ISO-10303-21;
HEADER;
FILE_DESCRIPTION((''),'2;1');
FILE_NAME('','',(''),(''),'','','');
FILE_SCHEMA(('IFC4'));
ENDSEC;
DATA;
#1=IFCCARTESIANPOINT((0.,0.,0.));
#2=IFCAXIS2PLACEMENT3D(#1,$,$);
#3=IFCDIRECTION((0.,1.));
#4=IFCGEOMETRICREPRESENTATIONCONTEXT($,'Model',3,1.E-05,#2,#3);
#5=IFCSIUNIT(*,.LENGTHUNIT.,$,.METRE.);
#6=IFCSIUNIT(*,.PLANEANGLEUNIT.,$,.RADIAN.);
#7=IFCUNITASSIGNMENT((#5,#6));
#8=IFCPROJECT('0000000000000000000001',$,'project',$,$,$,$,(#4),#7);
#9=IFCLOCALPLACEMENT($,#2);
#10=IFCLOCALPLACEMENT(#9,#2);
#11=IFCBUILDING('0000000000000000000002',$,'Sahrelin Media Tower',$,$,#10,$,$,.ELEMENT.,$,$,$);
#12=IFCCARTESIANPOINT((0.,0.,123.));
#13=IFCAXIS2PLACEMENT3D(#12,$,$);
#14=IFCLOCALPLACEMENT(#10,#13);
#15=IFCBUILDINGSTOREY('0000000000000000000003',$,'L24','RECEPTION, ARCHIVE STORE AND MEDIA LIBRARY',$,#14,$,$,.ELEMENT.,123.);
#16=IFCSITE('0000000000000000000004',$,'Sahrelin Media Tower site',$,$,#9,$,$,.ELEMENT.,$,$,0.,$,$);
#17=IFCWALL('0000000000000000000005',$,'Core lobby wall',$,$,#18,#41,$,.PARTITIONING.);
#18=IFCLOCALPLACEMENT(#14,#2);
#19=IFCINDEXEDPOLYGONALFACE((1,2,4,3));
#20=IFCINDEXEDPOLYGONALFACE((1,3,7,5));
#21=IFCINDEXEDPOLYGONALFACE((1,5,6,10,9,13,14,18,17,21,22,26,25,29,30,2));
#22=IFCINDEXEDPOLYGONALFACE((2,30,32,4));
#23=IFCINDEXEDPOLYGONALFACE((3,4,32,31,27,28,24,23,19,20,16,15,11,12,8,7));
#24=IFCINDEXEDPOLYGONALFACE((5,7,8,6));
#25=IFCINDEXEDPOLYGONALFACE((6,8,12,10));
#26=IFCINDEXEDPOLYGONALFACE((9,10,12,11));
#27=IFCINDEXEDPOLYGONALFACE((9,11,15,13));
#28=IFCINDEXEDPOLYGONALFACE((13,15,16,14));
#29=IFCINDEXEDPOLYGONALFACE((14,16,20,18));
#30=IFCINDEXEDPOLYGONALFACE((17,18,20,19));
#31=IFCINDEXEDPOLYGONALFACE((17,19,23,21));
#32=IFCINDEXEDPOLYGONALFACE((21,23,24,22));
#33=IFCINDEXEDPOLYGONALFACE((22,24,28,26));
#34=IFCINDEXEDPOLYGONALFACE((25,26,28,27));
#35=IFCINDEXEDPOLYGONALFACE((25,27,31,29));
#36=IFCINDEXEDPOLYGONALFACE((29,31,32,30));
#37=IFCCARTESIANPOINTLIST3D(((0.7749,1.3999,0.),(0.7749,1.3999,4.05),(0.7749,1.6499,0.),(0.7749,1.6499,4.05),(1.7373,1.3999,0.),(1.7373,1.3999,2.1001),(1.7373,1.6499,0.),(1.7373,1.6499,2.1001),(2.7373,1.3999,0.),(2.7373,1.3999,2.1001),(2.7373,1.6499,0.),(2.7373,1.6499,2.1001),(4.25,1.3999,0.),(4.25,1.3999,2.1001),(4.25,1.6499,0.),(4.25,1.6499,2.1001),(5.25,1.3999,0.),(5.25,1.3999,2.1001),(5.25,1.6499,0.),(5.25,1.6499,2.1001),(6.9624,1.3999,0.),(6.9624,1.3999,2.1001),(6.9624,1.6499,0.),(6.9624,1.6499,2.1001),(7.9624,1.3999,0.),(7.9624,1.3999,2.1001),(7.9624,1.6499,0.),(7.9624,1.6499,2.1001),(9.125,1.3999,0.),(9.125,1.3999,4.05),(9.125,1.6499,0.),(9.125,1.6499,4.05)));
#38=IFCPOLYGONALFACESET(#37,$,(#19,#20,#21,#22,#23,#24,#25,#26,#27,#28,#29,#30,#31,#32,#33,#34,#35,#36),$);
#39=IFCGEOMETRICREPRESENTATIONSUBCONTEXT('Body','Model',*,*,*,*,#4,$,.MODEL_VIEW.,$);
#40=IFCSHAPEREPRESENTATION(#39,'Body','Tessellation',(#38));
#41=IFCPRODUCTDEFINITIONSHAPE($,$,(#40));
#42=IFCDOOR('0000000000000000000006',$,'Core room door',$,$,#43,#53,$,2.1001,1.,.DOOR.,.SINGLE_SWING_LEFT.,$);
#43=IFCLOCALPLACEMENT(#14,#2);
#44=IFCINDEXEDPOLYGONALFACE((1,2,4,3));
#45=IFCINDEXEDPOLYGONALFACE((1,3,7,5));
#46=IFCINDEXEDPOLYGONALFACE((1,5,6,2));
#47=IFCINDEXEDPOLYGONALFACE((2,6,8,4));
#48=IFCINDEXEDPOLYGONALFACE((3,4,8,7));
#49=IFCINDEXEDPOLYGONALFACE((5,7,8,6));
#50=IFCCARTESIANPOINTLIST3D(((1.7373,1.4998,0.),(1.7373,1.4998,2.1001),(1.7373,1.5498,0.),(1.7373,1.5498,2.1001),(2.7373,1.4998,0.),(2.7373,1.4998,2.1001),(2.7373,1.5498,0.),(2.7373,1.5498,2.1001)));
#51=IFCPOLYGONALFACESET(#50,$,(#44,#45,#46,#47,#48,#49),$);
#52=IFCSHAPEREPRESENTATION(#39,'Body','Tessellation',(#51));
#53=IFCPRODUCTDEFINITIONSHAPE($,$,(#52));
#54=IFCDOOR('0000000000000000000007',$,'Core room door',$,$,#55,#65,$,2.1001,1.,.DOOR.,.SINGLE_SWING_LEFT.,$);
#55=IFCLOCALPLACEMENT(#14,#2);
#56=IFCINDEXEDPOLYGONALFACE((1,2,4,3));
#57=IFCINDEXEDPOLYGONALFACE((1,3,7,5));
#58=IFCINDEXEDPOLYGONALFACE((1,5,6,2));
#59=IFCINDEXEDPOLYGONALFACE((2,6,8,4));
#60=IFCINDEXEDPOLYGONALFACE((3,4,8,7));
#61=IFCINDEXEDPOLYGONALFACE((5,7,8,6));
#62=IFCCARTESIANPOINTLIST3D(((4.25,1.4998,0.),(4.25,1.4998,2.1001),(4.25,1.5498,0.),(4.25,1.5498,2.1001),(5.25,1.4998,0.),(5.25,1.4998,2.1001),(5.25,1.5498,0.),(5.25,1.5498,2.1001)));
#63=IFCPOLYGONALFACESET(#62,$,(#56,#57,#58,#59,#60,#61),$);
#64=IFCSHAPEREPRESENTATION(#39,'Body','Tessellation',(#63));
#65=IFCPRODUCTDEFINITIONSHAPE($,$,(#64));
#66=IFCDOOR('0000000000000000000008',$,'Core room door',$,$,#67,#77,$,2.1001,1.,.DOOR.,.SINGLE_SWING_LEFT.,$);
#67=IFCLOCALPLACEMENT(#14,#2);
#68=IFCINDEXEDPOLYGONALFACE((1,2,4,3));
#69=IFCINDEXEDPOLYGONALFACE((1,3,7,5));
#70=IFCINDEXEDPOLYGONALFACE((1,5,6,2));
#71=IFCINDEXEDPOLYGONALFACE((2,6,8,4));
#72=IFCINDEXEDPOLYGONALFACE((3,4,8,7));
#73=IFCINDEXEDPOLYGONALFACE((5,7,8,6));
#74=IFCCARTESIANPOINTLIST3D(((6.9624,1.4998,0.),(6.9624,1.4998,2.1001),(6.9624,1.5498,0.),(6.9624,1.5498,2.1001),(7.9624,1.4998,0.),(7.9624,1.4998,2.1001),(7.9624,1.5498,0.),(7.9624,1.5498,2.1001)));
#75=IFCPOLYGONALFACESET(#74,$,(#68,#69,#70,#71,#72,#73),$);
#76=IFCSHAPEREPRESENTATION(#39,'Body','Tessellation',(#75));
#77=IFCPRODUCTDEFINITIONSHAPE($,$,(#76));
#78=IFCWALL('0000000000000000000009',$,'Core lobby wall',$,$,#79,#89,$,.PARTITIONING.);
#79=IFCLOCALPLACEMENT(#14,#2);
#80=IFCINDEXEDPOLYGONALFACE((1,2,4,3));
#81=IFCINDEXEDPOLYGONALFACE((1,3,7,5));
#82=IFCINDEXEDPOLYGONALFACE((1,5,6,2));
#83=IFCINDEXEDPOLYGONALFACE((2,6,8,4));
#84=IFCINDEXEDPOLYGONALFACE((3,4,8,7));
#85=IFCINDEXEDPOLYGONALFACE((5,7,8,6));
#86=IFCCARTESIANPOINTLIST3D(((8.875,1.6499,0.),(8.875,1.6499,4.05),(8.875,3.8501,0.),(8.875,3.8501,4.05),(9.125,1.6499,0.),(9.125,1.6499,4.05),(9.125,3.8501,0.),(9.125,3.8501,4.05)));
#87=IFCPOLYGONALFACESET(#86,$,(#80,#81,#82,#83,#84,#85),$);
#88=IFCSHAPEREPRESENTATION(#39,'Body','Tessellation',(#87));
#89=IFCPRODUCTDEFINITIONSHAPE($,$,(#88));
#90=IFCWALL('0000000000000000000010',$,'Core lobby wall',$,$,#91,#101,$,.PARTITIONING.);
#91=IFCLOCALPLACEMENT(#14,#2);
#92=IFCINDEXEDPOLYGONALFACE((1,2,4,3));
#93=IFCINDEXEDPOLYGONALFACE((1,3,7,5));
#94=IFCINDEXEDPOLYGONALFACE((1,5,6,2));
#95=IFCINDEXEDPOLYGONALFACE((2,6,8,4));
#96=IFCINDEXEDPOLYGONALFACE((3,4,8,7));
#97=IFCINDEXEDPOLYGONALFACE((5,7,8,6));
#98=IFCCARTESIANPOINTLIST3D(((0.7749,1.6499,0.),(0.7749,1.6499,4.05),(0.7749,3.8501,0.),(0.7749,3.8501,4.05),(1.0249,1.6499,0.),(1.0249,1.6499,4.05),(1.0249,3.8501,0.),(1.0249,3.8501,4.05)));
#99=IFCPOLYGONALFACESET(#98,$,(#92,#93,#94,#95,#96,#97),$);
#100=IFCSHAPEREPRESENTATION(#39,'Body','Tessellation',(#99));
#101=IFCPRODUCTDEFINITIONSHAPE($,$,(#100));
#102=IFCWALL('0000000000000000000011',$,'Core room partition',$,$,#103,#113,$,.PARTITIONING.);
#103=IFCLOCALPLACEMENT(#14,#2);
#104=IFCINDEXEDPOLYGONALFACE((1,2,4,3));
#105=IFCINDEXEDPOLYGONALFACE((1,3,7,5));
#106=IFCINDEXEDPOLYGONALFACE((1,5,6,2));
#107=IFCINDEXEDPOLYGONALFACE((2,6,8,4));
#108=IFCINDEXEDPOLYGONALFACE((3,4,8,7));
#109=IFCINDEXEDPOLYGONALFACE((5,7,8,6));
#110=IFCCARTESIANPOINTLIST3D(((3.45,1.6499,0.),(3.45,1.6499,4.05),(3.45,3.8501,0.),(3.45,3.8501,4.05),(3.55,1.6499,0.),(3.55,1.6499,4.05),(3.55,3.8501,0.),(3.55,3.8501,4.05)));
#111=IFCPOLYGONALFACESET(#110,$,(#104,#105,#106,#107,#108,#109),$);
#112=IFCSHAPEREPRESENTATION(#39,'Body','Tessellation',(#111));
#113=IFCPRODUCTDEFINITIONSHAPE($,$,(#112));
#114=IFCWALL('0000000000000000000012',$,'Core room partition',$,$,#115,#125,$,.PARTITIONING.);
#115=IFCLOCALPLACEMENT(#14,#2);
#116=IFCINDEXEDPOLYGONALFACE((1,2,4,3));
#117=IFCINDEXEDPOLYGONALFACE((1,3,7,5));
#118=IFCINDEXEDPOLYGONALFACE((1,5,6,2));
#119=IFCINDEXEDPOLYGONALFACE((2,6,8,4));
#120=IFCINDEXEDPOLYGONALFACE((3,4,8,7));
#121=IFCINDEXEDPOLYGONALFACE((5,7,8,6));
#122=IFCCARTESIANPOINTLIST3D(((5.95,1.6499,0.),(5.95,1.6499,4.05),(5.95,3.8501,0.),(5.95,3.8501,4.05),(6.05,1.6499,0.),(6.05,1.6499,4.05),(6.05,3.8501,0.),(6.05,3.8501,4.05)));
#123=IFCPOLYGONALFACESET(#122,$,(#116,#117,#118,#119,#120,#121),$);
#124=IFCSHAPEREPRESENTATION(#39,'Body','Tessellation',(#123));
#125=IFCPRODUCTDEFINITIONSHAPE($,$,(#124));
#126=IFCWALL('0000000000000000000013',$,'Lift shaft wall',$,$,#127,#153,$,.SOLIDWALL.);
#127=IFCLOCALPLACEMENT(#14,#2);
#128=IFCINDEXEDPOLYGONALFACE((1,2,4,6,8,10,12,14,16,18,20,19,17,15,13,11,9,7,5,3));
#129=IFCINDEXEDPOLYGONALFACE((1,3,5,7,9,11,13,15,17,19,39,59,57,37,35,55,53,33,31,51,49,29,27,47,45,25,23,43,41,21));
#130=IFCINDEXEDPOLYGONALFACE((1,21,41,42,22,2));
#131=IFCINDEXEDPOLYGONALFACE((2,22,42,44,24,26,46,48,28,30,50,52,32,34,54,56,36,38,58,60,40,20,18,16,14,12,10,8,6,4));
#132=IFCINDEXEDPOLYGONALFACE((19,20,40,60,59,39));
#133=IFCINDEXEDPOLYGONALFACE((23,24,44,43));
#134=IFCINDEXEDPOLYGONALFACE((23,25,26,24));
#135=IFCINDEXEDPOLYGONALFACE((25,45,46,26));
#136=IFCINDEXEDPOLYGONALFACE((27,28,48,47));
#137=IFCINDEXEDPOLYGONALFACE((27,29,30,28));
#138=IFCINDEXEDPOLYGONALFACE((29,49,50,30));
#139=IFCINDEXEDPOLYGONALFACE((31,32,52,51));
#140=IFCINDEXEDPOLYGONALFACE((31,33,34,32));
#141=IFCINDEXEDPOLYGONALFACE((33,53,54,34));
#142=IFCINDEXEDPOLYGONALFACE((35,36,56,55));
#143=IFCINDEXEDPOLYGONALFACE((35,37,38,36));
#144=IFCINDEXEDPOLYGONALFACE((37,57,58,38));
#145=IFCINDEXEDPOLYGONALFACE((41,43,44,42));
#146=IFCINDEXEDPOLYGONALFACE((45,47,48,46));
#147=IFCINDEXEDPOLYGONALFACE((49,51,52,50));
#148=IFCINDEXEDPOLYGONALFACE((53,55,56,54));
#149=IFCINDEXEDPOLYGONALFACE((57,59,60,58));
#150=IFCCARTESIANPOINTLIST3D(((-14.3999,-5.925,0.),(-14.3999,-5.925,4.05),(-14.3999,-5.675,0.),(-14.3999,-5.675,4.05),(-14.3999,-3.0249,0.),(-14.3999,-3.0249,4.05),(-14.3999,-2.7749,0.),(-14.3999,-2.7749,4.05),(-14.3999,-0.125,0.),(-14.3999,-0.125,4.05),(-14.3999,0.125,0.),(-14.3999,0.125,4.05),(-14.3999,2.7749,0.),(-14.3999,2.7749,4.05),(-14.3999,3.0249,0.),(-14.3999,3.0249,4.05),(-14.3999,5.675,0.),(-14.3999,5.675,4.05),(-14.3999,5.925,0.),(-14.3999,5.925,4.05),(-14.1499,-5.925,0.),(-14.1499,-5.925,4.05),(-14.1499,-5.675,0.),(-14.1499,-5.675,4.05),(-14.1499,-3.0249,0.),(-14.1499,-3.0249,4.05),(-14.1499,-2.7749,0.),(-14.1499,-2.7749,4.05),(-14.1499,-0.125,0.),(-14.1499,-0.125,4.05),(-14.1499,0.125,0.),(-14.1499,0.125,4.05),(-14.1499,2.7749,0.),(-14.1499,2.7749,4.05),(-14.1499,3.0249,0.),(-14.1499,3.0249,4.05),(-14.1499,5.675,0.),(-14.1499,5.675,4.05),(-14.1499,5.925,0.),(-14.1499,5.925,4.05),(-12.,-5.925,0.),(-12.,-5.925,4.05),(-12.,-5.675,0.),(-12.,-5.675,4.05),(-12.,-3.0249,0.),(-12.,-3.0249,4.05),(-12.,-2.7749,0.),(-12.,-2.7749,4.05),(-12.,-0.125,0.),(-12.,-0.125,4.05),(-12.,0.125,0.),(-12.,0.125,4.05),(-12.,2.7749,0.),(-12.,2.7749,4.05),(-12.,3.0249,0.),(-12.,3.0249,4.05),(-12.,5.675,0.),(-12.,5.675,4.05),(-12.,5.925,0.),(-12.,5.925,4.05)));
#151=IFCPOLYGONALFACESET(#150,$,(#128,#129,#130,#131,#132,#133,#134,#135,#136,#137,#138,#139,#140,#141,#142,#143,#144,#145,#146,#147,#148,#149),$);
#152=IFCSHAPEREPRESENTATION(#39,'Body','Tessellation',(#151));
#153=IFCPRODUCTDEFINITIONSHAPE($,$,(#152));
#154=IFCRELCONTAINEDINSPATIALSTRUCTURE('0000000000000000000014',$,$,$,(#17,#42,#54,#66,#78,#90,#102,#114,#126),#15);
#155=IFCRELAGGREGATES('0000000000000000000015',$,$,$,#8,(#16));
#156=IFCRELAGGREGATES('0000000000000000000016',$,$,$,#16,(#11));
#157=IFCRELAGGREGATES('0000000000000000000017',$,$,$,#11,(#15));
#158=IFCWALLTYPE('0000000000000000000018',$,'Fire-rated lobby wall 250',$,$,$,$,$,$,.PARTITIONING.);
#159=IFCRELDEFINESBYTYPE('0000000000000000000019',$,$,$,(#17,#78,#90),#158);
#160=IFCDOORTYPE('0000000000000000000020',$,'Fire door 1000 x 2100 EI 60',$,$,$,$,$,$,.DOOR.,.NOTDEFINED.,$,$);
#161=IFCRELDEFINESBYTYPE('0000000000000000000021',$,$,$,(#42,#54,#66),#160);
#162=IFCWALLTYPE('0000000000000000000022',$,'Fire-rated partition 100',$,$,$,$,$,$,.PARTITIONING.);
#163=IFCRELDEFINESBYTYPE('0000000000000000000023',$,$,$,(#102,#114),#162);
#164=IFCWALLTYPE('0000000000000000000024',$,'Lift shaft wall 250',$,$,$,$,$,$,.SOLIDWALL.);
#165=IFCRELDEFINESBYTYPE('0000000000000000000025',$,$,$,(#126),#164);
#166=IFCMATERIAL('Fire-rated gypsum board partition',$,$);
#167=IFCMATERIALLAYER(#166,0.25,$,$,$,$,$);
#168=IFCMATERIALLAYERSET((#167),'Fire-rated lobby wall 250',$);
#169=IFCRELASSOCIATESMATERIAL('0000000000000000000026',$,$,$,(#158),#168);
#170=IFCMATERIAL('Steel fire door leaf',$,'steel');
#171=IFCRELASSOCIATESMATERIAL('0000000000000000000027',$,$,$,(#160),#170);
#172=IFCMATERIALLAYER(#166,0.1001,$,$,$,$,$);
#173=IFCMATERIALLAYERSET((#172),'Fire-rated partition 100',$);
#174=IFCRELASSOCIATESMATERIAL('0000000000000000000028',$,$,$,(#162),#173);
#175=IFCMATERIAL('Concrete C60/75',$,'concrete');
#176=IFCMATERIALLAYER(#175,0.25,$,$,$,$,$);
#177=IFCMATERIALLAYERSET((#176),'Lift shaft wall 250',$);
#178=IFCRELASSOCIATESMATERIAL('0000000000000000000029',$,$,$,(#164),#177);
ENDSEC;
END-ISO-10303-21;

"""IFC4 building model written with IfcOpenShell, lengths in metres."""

from ifc_helpers import new_model, si_unit, direction, frame, frame_2d, origin, place, context, subcontext, project, spatial, polyline, rectangle, outline, extrude, material, layer, layer_set, type_object, element, fill, save


model = new_model("IFC4")

# Units and contexts
model_context = context("Model", 3, precision=1e-05, world=origin(), true_north=direction((0.0, 1.0)))
body_context = subcontext(model_context, "Body", "Model", "MODEL_VIEW")
ifc_project = project(units=[si_unit("LENGTHUNIT", "METRE"), si_unit("PLANEANGLEUNIT", "RADIAN")], contexts=[model_context])

# Site, building, storey
site_placement = place(None, origin())
site = spatial("IfcSite", under=ifc_project, at=site_placement, Name="Sahrelin Media Tower site", CompositionType="ELEMENT", RefElevation=0.0)
building_placement = place(site_placement, origin())
building = spatial("IfcBuilding", under=site, at=building_placement, Name="Sahrelin Media Tower", CompositionType="ELEMENT")
storey_placement = place(building_placement, frame((0.0, 0.0, 123.0)))
storey = spatial("IfcBuildingStorey", under=building, at=storey_placement, Name="L24", Description="RECEPTION, ARCHIVE STORE AND MEDIA LIBRARY", CompositionType="ELEMENT", Elevation=123.0)

# Shared definitions
placement_1 = place(storey_placement, origin())

# Wall, openings, doors
ifc_material_1 = material(Name="Fire-rated gypsum board partition")
ifc_layer_1 = layer(ifc_material_1, 0.25)
ifc_layer_set_1 = layer_set([ifc_layer_1], Name="Fire-rated lobby wall 250")
wall_type_1 = type_object("IfcWallType", Name="Fire-rated lobby wall 250", PredefinedType="PARTITIONING", material=ifc_layer_set_1)
wall_1_placement = place(storey_placement, frame((0.7749, 1.5249, 0.0), z_axis=(0.0, 0.0, 1.0), x_axis=(1.0, 0.0, 0.0)))
wall_1 = element("IfcWall", 1, at=wall_1_placement, inside=storey, type_object=wall_type_1, Name="Core lobby wall", PredefinedType="PARTITIONING", context=body_context, shape_type="SweptSolid", body=[
    extrude(rectangle(XDim=8.3501, YDim=0.25, at=frame_2d((4.175, 0.0))), origin(), (0.0, 0.0, 1.0), 4.05),
])
opening_1_placement = place(wall_1_placement, frame((0.9624, 0.0, 0.0)))
opening_1 = element("IfcOpeningElement", 2, at=opening_1_placement, cuts=wall_1, PredefinedType="OPENING", context=body_context, shape_type="SweptSolid", body=[
    extrude(rectangle(XDim=1.0, YDim=2.1001, at=frame_2d((0.5, 1.05))), frame((0.0, 0.125, 0.0), z_axis=(0.0, -1.0, 0.0), x_axis=(1.0, 0.0, 0.0)), (0.0, 0.0, 1.0), 0.25),
])
opening_2_placement = place(wall_1_placement, frame((3.4751, 0.0, 0.0)))
opening_2 = element("IfcOpeningElement", 3, at=opening_2_placement, cuts=wall_1, PredefinedType="OPENING", context=body_context, shape_type="SweptSolid", body=[
    extrude(rectangle(XDim=1.0, YDim=2.1001, at=frame_2d((0.5, 1.05))), frame((0.0, 0.125, 0.0), z_axis=(0.0, -1.0, 0.0), x_axis=(1.0, 0.0, 0.0)), (0.0, 0.0, 1.0), 0.25),
])
opening_3_placement = place(wall_1_placement, frame((6.1875, 0.0, 0.0)))
opening_3 = element("IfcOpeningElement", 4, at=opening_3_placement, cuts=wall_1, PredefinedType="OPENING", context=body_context, shape_type="SweptSolid", body=[
    extrude(rectangle(XDim=1.0, YDim=2.1001, at=frame_2d((0.5, 1.05))), frame((0.0, 0.125, 0.0), z_axis=(0.0, -1.0, 0.0), x_axis=(1.0, 0.0, 0.0)), (0.0, 0.0, 1.0), 0.25),
])
ifc_material_2 = material(Name="Steel fire door leaf", Category="steel")
door_type_1 = type_object("IfcDoorType", Name="Fire door 1000 x 2100 EI 60", OperationType="NOTDEFINED", PredefinedType="DOOR", material=ifc_material_2)
door_1_placement = place(opening_1_placement, origin())
door_1 = element("IfcDoor", 5, at=door_1_placement, inside=storey, type_object=door_type_1, Name="Core room door", OperationType="SINGLE_SWING_LEFT", OverallHeight=2.1001, OverallWidth=1.0, PredefinedType="DOOR", context=body_context, shape_type="SweptSolid", body=[
    extrude(rectangle(XDim=1.0, YDim=2.1001, at=frame_2d((0.5, 1.05))), frame((0.0, 0.0249, 0.0), z_axis=(0.0, -1.0, 0.0), x_axis=(1.0, 0.0, 0.0)), (0.0, 0.0, 1.0), 0.05),
])
fill(opening_1, door_1)
door_2_placement = place(opening_2_placement, origin())
door_2 = element("IfcDoor", 6, at=door_2_placement, inside=storey, type_object=door_type_1, Name="Core room door", OperationType="SINGLE_SWING_LEFT", OverallHeight=2.1001, OverallWidth=1.0, PredefinedType="DOOR", context=body_context, shape_type="SweptSolid", body=[
    extrude(rectangle(XDim=1.0, YDim=2.1001, at=frame_2d((0.5, 1.05))), frame((0.0, 0.0249, 0.0), z_axis=(0.0, -1.0, 0.0), x_axis=(1.0, 0.0, 0.0)), (0.0, 0.0, 1.0), 0.05),
])
fill(opening_2, door_2)
door_3_placement = place(opening_3_placement, origin())
door_3 = element("IfcDoor", 7, at=door_3_placement, inside=storey, type_object=door_type_1, Name="Core room door", OperationType="SINGLE_SWING_LEFT", OverallHeight=2.1001, OverallWidth=1.0, PredefinedType="DOOR", context=body_context, shape_type="SweptSolid", body=[
    extrude(rectangle(XDim=1.0, YDim=2.1001, at=frame_2d((0.5, 1.05))), frame((0.0, 0.0249, 0.0), z_axis=(0.0, -1.0, 0.0), x_axis=(1.0, 0.0, 0.0)), (0.0, 0.0, 1.0), 0.05),
])
fill(opening_3, door_3)

# Walls
for number, where, z_axis, x_axis, name in (
    (8, (9.0, 1.6499, 0.0), (0.0, 0.0, 1.0), (0.0, 1.0, 0.0), "Core lobby wall"),
    (9, (0.8999, 1.6499, 0.0), (0.0, 0.0, 1.0), (0.0, 1.0, 0.0), "Core lobby wall"),
):
    element("IfcWall", number, at=place(storey_placement, frame(where, z_axis=z_axis, x_axis=x_axis)), inside=storey, type_object=wall_type_1, Name=name, PredefinedType="PARTITIONING", context=body_context, shape_type="SweptSolid", body=[
        extrude(rectangle(XDim=2.2002, YDim=0.25, at=frame_2d((1.1001, 0.0))), origin(), (0.0, 0.0, 1.0), 4.05),
    ])
ifc_layer_2 = layer(ifc_material_1, 0.1001)
ifc_layer_set_2 = layer_set([ifc_layer_2], Name="Fire-rated partition 100")
wall_type_2 = type_object("IfcWallType", Name="Fire-rated partition 100", PredefinedType="PARTITIONING", material=ifc_layer_set_2)
for number, where, z_axis, x_axis, name in (
    (10, (3.5, 1.6499, 0.0), (0.0, 0.0, 1.0), (0.0, 1.0, 0.0), "Core room partition"),
    (11, (6.0, 1.6499, 0.0), (0.0, 0.0, 1.0), (0.0, 1.0, 0.0), "Core room partition"),
):
    element("IfcWall", number, at=place(storey_placement, frame(where, z_axis=z_axis, x_axis=x_axis)), inside=storey, type_object=wall_type_2, Name=name, PredefinedType="PARTITIONING", context=body_context, shape_type="SweptSolid", body=[
        extrude(rectangle(XDim=2.2002, YDim=0.1001, at=frame_2d((1.1001, 0.0))), origin(), (0.0, 0.0, 1.0), 4.05),
    ])
ifc_material_3 = material(Name="Concrete C60/75", Category="concrete")
ifc_layer_3 = layer(ifc_material_3, 0.25)
ifc_layer_set_3 = layer_set([ifc_layer_3], Name="Lift shaft wall 250")
wall_type_3 = type_object("IfcWallType", Name="Lift shaft wall 250", PredefinedType="SOLIDWALL", material=ifc_layer_set_3)
element("IfcWall", 12, at=placement_1, inside=storey, type_object=wall_type_3, Name="Lift shaft wall", PredefinedType="SOLIDWALL", context=body_context, shape_type="SweptSolid", body=[
    extrude(outline(polyline([(-12.0, -5.925), (-12.0, -5.675), (-14.1499, -5.675), (-14.1499, -3.0249), (-12.0, -3.0249), (-12.0, -2.7749), (-14.1499, -2.7749), (-14.1499, -0.125), (-12.0, -0.125), (-12.0, 0.125), (-14.1499, 0.125), (-14.1499, 2.7749), (-12.0, 2.7749), (-12.0, 3.0249), (-14.1499, 3.0249), (-14.1499, 5.675), (-12.0, 5.675), (-12.0, 5.925), (-14.1499, 5.925), (-14.3999, 5.925), (-14.3999, 5.675), (-14.3999, 3.0249), (-14.3999, 2.7749), (-14.3999, 0.125), (-14.3999, -0.125), (-14.3999, -2.7749), (-14.3999, -3.0249), (-14.3999, -5.675), (-14.3999, -5.925), (-14.1499, -5.925), (-12.0, -5.925)])), origin(), (0.0, 0.0, 1.0), 4.05),
])

save(model, "model.ifc")
